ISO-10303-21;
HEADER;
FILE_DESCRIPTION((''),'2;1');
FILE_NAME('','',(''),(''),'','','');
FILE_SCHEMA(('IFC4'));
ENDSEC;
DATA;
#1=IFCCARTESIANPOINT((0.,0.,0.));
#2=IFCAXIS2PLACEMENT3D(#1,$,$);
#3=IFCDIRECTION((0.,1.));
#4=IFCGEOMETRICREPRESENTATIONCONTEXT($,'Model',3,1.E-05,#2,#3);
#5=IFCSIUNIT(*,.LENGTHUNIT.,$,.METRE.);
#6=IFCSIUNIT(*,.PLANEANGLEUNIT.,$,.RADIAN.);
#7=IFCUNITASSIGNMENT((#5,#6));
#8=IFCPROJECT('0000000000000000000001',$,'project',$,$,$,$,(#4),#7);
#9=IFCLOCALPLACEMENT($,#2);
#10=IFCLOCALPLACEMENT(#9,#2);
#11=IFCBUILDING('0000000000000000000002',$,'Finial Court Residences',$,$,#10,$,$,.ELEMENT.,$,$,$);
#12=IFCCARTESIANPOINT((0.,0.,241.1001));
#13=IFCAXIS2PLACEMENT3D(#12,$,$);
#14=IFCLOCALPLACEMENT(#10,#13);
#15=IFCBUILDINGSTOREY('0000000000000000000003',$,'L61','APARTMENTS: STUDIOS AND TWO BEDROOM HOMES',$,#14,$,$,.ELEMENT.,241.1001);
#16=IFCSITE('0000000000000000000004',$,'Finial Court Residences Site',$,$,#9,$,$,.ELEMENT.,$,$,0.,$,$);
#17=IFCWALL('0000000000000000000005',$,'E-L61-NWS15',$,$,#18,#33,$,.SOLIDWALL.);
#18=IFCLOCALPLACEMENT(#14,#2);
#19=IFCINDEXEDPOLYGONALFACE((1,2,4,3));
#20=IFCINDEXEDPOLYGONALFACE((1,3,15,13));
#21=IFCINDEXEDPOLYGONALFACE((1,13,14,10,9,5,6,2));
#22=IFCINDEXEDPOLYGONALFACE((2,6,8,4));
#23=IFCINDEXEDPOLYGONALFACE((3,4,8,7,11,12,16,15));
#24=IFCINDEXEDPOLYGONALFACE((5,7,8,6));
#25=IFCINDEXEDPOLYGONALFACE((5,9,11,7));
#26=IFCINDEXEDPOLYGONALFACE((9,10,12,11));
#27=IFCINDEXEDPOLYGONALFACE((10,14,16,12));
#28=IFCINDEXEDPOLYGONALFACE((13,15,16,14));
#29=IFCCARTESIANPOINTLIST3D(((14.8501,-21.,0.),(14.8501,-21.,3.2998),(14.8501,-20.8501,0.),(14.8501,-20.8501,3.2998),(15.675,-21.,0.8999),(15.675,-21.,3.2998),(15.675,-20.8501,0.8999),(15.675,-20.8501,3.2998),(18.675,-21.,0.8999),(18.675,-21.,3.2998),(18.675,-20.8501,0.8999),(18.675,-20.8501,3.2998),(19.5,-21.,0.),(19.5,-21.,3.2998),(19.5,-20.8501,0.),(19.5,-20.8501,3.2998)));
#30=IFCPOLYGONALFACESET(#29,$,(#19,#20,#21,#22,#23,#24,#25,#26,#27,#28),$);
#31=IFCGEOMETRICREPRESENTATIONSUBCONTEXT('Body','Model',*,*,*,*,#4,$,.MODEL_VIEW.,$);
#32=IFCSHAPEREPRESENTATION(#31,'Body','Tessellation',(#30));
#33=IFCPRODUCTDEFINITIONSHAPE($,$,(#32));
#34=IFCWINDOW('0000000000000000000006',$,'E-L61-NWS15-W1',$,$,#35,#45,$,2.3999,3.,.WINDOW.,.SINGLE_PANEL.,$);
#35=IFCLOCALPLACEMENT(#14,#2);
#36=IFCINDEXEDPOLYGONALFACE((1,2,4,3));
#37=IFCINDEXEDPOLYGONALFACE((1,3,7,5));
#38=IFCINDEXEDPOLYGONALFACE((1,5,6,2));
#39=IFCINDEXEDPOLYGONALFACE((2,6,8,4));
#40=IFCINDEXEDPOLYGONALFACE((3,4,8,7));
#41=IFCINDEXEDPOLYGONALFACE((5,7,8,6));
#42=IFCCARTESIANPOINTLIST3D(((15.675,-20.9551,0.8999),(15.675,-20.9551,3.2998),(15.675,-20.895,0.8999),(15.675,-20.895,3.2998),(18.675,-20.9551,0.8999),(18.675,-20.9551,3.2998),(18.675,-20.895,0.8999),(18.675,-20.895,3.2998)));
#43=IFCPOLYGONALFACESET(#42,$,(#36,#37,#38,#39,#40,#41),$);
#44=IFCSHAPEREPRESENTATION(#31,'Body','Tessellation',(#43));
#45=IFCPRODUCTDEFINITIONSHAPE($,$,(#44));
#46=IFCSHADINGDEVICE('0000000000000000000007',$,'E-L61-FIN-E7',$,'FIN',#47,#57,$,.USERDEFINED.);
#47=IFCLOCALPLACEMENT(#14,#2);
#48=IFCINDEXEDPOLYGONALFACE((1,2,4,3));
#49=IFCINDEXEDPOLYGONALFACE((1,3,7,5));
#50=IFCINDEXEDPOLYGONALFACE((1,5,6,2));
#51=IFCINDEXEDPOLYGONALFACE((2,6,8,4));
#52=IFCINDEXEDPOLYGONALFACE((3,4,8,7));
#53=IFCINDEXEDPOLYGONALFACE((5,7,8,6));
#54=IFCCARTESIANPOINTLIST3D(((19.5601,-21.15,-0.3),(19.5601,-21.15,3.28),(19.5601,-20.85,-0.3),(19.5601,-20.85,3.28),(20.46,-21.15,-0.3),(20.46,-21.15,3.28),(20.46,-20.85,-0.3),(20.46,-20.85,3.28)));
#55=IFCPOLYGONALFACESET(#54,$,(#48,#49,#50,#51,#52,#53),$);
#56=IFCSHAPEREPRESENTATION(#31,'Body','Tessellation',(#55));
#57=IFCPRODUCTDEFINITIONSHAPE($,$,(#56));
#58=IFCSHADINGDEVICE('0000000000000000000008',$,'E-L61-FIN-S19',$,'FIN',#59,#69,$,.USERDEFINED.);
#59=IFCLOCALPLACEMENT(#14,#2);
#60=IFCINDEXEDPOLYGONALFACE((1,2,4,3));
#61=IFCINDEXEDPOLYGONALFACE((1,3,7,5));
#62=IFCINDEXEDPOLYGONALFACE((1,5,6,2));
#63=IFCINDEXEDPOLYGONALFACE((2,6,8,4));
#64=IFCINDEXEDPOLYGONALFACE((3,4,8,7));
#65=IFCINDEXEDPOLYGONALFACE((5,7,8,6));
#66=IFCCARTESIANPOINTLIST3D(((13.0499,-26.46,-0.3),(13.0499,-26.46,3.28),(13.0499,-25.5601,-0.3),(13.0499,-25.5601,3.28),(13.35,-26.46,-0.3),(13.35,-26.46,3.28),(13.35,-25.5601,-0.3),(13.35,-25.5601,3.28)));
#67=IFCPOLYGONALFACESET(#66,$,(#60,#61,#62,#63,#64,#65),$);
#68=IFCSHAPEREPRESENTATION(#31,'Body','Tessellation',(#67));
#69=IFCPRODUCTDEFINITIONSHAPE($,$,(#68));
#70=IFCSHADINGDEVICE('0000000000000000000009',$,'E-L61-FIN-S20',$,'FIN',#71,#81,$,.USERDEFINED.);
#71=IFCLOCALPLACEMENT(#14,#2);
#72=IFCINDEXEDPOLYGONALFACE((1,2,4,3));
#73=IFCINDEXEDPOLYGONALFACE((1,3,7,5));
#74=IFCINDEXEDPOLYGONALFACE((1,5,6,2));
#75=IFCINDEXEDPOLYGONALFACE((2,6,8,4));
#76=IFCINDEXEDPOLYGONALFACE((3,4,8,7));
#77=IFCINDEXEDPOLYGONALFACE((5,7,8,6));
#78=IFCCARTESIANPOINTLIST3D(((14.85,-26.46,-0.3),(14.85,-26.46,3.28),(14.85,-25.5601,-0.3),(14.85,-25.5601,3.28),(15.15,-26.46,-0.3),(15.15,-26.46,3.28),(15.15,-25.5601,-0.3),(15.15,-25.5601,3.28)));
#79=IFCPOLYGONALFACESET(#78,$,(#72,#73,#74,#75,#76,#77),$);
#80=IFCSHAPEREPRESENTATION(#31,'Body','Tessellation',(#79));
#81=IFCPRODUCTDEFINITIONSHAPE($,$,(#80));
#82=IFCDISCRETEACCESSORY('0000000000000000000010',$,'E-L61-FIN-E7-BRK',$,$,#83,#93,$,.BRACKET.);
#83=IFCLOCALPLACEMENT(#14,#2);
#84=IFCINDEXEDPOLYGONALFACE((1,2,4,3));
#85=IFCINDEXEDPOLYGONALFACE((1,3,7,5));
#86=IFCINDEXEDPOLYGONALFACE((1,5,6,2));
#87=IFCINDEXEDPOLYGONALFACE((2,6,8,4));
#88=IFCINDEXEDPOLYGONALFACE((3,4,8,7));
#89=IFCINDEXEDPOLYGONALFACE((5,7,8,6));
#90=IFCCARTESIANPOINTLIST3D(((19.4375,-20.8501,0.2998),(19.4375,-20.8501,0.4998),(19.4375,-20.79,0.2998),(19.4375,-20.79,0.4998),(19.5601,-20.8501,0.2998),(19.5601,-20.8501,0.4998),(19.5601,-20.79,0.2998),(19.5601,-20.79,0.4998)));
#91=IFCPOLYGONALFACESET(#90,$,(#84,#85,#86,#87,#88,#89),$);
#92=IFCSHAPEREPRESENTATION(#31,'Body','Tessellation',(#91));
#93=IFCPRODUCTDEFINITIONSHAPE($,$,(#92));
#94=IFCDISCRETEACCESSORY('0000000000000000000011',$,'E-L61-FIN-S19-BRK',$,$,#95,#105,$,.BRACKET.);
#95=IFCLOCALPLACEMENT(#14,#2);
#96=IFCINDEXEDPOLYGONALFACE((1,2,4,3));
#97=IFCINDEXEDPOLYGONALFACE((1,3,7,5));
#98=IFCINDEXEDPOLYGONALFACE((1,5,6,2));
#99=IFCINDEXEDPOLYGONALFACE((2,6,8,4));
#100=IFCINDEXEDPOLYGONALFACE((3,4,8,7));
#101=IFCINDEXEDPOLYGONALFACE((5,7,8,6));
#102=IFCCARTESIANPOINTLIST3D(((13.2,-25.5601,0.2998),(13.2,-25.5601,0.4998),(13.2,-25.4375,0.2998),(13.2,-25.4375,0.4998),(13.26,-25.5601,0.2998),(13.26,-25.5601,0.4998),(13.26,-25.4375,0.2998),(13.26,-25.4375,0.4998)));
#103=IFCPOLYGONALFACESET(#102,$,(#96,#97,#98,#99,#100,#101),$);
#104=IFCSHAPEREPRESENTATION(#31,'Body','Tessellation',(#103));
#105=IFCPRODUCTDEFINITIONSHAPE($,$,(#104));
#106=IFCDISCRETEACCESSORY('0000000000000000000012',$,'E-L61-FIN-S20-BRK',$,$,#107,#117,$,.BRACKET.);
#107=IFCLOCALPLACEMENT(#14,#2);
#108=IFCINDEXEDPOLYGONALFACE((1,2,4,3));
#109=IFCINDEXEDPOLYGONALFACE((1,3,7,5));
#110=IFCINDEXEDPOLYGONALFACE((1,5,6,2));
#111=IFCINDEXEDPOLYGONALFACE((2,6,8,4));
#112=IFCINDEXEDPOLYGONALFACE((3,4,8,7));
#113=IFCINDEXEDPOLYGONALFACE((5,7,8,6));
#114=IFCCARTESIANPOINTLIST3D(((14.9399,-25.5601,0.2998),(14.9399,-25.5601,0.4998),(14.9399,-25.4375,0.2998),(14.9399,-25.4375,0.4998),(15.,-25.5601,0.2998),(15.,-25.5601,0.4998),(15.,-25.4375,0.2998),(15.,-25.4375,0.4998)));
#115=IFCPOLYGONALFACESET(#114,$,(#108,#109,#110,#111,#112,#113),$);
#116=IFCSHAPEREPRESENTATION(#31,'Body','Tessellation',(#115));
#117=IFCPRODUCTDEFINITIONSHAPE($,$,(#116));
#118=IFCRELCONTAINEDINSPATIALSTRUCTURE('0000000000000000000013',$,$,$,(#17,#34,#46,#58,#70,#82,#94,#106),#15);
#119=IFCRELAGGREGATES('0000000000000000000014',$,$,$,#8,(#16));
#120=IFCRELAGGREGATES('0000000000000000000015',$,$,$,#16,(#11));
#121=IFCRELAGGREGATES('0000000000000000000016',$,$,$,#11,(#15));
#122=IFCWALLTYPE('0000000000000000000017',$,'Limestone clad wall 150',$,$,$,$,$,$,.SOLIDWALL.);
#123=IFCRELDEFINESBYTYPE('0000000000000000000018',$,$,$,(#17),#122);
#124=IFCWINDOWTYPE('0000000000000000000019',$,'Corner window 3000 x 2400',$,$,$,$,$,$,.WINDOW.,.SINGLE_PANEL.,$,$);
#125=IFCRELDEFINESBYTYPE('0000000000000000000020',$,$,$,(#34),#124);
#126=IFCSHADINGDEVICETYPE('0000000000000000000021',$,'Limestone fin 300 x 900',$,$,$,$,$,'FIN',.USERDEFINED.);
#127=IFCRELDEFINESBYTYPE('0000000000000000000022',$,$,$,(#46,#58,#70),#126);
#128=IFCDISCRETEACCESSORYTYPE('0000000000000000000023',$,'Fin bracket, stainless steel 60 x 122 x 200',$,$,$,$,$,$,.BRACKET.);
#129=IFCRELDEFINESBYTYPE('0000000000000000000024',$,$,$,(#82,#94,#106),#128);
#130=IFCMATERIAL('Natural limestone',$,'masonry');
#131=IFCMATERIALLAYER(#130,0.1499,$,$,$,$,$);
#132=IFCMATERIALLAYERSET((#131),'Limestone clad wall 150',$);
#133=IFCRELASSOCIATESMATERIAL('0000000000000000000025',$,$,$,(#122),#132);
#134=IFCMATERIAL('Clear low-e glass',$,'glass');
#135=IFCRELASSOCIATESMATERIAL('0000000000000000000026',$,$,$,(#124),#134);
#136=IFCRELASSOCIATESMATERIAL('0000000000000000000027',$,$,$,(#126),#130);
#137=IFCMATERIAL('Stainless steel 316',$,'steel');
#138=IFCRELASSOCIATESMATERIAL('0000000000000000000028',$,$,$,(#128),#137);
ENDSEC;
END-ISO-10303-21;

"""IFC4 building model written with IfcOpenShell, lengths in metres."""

from ifc_helpers import new_model, si_unit, direction, frame, frame_2d, origin, origin_2d, place, context, subcontext, project, spatial, rectangle, extrude, material, layer, layer_set, type_object, element, fill, save


model = new_model("IFC4")

# Units and contexts
model_context = context("Model", 3, precision=1e-05, world=origin(), true_north=direction((0.0, 1.0)))
body_context = subcontext(model_context, "Body", "Model", "MODEL_VIEW")
ifc_project = project(units=[si_unit("LENGTHUNIT", "METRE"), si_unit("PLANEANGLEUNIT", "RADIAN")], contexts=[model_context])

# Site, building, storey
site_placement = place(None, origin())
site = spatial("IfcSite", under=ifc_project, at=site_placement, Name="Finial Court Residences Site", CompositionType="ELEMENT", RefElevation=0.0)
building_placement = place(site_placement, origin())
building = spatial("IfcBuilding", under=site, at=building_placement, Name="Finial Court Residences", CompositionType="ELEMENT")
storey_placement = place(building_placement, frame((0.0, 0.0, 241.1001)))
storey = spatial("IfcBuildingStorey", under=building, at=storey_placement, Name="L61", Description="APARTMENTS: STUDIOS AND TWO BEDROOM HOMES", CompositionType="ELEMENT", Elevation=241.1001)

# Shared definitions
ifc_material_1 = material(Name="Clear low-e glass", Category="glass")

# Wall, opening, window
ifc_material_2 = material(Name="Natural limestone", Category="masonry")
ifc_layer_1 = layer(ifc_material_2, 0.1499)
ifc_layer_set_1 = layer_set([ifc_layer_1], Name="Limestone clad wall 150")
wall_type_1 = type_object("IfcWallType", Name="Limestone clad wall 150", PredefinedType="SOLIDWALL", material=ifc_layer_set_1)
window_type = type_object("IfcWindowType", Name="Corner window 3000 x 2400", PartitioningType="SINGLE_PANEL", PredefinedType="WINDOW", material=ifc_material_1)
wall_1_placement = place(storey_placement, frame((19.5, -20.925, 0.0), z_axis=(0.0, 0.0, 1.0), x_axis=(-1.0, 0.0, 0.0)))
wall_1 = element("IfcWall", 1, at=wall_1_placement, inside=storey, type_object=wall_type_1, Name="E-L61-NWS15", PredefinedType="SOLIDWALL", context=body_context, shape_type="SweptSolid", body=[
    extrude(rectangle(XDim=4.6499, YDim=0.1499, at=frame_2d((2.325, 0.0))), origin(), (0.0, 0.0, 1.0), 3.2998),
])
opening_1_placement = place(wall_1_placement, frame((0.825, 0.0, 0.8999)))
opening_1 = element("IfcOpeningElement", 2, at=opening_1_placement, cuts=wall_1, PredefinedType="OPENING", context=body_context, shape_type="SweptSolid", body=[
    extrude(rectangle(XDim=3.0, YDim=2.3999, at=frame_2d((1.5, 1.2))), frame((0.0, 0.085, 0.0), z_axis=(0.0, -1.0, 0.0), x_axis=(1.0, 0.0, 0.0)), (0.0, 0.0, 1.0), 0.1699),
])
window_1_placement = place(opening_1_placement, origin())
window_1 = element("IfcWindow", 3, at=window_1_placement, inside=storey, type_object=window_type, Name="E-L61-NWS15-W1", OverallHeight=2.3999, OverallWidth=3.0, PartitioningType="SINGLE_PANEL", PredefinedType="WINDOW", context=body_context, shape_type="SweptSolid", body=[
    extrude(rectangle(XDim=3.0, YDim=2.3999, at=frame_2d((1.5, 1.2))), frame((0.0, 0.03, 0.0), z_axis=(0.0, -1.0, 0.0), x_axis=(1.0, 0.0, 0.0)), (0.0, 0.0, 1.0), 0.0601),
])
fill(opening_1, window_1)

# Shading devices
shading_device_type = type_object("IfcShadingDeviceType", Name="Limestone fin 300 x 900", ElementType="FIN", PredefinedType="USERDEFINED", material=ifc_material_2)
shading_device_placement = place(storey_placement, frame((20.01, -21.0, -0.3), z_axis=(0.0, 0.0, 1.0), x_axis=(1.0, 0.0, 0.0)))
element("IfcShadingDevice", 4, at=shading_device_placement, inside=storey, type_object=shading_device_type, Name="E-L61-FIN-E7", ObjectType="FIN", PredefinedType="USERDEFINED", context=body_context, shape_type="SweptSolid", body=[
    extrude(rectangle(XDim=0.8999, YDim=0.3, at=origin_2d()), origin(), (0.0, 0.0, 1.0), 3.5801),
])
for number, where, z_axis, x_axis, name in (
    (5, (13.2, -26.01, -0.3), (0.0, 0.0, 1.0), (1.0, 0.0, 0.0), "E-L61-FIN-S19"),
    (6, (15.0, -26.01, -0.3), (0.0, 0.0, 1.0), (1.0, 0.0, 0.0), "E-L61-FIN-S20"),
):
    element("IfcShadingDevice", number, at=place(storey_placement, frame(where, z_axis=z_axis, x_axis=x_axis)), inside=storey, type_object=shading_device_type, Name=name, ObjectType="FIN", PredefinedType="USERDEFINED", context=body_context, shape_type="SweptSolid", body=[
        extrude(rectangle(XDim=0.3, YDim=0.8999, at=origin_2d()), origin(), (0.0, 0.0, 1.0), 3.5801),
    ])

# Discrete accessories
ifc_material_3 = material(Name="Stainless steel 316", Category="steel")
discrete_accessory_type = type_object("IfcDiscreteAccessoryType", Name="Fin bracket, stainless steel 60 x 122 x 200", PredefinedType="BRACKET", material=ifc_material_3)
discrete_accessory_placement = place(storey_placement, frame((19.4988, -20.8201, 0.2998), z_axis=(0.0, 0.0, 1.0), x_axis=(1.0, 0.0, 0.0)))
element("IfcDiscreteAccessory", 7, at=discrete_accessory_placement, inside=storey, type_object=discrete_accessory_type, Name="E-L61-FIN-E7-BRK", PredefinedType="BRACKET", context=body_context, shape_type="SweptSolid", body=[
    extrude(rectangle(XDim=0.1226, YDim=0.0601, at=origin_2d()), origin(), (0.0, 0.0, 1.0), 0.2),
])
for number, where, z_axis, x_axis, name in (
    (8, (13.23, -25.4988, 0.2998), (0.0, 0.0, 1.0), (1.0, 0.0, 0.0), "E-L61-FIN-S19-BRK"),
    (9, (14.97, -25.4988, 0.2998), (0.0, 0.0, 1.0), (1.0, 0.0, 0.0), "E-L61-FIN-S20-BRK"),
):
    element("IfcDiscreteAccessory", number, at=place(storey_placement, frame(where, z_axis=z_axis, x_axis=x_axis)), inside=storey, type_object=discrete_accessory_type, Name=name, PredefinedType="BRACKET", context=body_context, shape_type="SweptSolid", body=[
        extrude(rectangle(XDim=0.0601, YDim=0.1226, at=origin_2d()), origin(), (0.0, 0.0, 1.0), 0.2),
    ])

save(model, "model.ifc")
